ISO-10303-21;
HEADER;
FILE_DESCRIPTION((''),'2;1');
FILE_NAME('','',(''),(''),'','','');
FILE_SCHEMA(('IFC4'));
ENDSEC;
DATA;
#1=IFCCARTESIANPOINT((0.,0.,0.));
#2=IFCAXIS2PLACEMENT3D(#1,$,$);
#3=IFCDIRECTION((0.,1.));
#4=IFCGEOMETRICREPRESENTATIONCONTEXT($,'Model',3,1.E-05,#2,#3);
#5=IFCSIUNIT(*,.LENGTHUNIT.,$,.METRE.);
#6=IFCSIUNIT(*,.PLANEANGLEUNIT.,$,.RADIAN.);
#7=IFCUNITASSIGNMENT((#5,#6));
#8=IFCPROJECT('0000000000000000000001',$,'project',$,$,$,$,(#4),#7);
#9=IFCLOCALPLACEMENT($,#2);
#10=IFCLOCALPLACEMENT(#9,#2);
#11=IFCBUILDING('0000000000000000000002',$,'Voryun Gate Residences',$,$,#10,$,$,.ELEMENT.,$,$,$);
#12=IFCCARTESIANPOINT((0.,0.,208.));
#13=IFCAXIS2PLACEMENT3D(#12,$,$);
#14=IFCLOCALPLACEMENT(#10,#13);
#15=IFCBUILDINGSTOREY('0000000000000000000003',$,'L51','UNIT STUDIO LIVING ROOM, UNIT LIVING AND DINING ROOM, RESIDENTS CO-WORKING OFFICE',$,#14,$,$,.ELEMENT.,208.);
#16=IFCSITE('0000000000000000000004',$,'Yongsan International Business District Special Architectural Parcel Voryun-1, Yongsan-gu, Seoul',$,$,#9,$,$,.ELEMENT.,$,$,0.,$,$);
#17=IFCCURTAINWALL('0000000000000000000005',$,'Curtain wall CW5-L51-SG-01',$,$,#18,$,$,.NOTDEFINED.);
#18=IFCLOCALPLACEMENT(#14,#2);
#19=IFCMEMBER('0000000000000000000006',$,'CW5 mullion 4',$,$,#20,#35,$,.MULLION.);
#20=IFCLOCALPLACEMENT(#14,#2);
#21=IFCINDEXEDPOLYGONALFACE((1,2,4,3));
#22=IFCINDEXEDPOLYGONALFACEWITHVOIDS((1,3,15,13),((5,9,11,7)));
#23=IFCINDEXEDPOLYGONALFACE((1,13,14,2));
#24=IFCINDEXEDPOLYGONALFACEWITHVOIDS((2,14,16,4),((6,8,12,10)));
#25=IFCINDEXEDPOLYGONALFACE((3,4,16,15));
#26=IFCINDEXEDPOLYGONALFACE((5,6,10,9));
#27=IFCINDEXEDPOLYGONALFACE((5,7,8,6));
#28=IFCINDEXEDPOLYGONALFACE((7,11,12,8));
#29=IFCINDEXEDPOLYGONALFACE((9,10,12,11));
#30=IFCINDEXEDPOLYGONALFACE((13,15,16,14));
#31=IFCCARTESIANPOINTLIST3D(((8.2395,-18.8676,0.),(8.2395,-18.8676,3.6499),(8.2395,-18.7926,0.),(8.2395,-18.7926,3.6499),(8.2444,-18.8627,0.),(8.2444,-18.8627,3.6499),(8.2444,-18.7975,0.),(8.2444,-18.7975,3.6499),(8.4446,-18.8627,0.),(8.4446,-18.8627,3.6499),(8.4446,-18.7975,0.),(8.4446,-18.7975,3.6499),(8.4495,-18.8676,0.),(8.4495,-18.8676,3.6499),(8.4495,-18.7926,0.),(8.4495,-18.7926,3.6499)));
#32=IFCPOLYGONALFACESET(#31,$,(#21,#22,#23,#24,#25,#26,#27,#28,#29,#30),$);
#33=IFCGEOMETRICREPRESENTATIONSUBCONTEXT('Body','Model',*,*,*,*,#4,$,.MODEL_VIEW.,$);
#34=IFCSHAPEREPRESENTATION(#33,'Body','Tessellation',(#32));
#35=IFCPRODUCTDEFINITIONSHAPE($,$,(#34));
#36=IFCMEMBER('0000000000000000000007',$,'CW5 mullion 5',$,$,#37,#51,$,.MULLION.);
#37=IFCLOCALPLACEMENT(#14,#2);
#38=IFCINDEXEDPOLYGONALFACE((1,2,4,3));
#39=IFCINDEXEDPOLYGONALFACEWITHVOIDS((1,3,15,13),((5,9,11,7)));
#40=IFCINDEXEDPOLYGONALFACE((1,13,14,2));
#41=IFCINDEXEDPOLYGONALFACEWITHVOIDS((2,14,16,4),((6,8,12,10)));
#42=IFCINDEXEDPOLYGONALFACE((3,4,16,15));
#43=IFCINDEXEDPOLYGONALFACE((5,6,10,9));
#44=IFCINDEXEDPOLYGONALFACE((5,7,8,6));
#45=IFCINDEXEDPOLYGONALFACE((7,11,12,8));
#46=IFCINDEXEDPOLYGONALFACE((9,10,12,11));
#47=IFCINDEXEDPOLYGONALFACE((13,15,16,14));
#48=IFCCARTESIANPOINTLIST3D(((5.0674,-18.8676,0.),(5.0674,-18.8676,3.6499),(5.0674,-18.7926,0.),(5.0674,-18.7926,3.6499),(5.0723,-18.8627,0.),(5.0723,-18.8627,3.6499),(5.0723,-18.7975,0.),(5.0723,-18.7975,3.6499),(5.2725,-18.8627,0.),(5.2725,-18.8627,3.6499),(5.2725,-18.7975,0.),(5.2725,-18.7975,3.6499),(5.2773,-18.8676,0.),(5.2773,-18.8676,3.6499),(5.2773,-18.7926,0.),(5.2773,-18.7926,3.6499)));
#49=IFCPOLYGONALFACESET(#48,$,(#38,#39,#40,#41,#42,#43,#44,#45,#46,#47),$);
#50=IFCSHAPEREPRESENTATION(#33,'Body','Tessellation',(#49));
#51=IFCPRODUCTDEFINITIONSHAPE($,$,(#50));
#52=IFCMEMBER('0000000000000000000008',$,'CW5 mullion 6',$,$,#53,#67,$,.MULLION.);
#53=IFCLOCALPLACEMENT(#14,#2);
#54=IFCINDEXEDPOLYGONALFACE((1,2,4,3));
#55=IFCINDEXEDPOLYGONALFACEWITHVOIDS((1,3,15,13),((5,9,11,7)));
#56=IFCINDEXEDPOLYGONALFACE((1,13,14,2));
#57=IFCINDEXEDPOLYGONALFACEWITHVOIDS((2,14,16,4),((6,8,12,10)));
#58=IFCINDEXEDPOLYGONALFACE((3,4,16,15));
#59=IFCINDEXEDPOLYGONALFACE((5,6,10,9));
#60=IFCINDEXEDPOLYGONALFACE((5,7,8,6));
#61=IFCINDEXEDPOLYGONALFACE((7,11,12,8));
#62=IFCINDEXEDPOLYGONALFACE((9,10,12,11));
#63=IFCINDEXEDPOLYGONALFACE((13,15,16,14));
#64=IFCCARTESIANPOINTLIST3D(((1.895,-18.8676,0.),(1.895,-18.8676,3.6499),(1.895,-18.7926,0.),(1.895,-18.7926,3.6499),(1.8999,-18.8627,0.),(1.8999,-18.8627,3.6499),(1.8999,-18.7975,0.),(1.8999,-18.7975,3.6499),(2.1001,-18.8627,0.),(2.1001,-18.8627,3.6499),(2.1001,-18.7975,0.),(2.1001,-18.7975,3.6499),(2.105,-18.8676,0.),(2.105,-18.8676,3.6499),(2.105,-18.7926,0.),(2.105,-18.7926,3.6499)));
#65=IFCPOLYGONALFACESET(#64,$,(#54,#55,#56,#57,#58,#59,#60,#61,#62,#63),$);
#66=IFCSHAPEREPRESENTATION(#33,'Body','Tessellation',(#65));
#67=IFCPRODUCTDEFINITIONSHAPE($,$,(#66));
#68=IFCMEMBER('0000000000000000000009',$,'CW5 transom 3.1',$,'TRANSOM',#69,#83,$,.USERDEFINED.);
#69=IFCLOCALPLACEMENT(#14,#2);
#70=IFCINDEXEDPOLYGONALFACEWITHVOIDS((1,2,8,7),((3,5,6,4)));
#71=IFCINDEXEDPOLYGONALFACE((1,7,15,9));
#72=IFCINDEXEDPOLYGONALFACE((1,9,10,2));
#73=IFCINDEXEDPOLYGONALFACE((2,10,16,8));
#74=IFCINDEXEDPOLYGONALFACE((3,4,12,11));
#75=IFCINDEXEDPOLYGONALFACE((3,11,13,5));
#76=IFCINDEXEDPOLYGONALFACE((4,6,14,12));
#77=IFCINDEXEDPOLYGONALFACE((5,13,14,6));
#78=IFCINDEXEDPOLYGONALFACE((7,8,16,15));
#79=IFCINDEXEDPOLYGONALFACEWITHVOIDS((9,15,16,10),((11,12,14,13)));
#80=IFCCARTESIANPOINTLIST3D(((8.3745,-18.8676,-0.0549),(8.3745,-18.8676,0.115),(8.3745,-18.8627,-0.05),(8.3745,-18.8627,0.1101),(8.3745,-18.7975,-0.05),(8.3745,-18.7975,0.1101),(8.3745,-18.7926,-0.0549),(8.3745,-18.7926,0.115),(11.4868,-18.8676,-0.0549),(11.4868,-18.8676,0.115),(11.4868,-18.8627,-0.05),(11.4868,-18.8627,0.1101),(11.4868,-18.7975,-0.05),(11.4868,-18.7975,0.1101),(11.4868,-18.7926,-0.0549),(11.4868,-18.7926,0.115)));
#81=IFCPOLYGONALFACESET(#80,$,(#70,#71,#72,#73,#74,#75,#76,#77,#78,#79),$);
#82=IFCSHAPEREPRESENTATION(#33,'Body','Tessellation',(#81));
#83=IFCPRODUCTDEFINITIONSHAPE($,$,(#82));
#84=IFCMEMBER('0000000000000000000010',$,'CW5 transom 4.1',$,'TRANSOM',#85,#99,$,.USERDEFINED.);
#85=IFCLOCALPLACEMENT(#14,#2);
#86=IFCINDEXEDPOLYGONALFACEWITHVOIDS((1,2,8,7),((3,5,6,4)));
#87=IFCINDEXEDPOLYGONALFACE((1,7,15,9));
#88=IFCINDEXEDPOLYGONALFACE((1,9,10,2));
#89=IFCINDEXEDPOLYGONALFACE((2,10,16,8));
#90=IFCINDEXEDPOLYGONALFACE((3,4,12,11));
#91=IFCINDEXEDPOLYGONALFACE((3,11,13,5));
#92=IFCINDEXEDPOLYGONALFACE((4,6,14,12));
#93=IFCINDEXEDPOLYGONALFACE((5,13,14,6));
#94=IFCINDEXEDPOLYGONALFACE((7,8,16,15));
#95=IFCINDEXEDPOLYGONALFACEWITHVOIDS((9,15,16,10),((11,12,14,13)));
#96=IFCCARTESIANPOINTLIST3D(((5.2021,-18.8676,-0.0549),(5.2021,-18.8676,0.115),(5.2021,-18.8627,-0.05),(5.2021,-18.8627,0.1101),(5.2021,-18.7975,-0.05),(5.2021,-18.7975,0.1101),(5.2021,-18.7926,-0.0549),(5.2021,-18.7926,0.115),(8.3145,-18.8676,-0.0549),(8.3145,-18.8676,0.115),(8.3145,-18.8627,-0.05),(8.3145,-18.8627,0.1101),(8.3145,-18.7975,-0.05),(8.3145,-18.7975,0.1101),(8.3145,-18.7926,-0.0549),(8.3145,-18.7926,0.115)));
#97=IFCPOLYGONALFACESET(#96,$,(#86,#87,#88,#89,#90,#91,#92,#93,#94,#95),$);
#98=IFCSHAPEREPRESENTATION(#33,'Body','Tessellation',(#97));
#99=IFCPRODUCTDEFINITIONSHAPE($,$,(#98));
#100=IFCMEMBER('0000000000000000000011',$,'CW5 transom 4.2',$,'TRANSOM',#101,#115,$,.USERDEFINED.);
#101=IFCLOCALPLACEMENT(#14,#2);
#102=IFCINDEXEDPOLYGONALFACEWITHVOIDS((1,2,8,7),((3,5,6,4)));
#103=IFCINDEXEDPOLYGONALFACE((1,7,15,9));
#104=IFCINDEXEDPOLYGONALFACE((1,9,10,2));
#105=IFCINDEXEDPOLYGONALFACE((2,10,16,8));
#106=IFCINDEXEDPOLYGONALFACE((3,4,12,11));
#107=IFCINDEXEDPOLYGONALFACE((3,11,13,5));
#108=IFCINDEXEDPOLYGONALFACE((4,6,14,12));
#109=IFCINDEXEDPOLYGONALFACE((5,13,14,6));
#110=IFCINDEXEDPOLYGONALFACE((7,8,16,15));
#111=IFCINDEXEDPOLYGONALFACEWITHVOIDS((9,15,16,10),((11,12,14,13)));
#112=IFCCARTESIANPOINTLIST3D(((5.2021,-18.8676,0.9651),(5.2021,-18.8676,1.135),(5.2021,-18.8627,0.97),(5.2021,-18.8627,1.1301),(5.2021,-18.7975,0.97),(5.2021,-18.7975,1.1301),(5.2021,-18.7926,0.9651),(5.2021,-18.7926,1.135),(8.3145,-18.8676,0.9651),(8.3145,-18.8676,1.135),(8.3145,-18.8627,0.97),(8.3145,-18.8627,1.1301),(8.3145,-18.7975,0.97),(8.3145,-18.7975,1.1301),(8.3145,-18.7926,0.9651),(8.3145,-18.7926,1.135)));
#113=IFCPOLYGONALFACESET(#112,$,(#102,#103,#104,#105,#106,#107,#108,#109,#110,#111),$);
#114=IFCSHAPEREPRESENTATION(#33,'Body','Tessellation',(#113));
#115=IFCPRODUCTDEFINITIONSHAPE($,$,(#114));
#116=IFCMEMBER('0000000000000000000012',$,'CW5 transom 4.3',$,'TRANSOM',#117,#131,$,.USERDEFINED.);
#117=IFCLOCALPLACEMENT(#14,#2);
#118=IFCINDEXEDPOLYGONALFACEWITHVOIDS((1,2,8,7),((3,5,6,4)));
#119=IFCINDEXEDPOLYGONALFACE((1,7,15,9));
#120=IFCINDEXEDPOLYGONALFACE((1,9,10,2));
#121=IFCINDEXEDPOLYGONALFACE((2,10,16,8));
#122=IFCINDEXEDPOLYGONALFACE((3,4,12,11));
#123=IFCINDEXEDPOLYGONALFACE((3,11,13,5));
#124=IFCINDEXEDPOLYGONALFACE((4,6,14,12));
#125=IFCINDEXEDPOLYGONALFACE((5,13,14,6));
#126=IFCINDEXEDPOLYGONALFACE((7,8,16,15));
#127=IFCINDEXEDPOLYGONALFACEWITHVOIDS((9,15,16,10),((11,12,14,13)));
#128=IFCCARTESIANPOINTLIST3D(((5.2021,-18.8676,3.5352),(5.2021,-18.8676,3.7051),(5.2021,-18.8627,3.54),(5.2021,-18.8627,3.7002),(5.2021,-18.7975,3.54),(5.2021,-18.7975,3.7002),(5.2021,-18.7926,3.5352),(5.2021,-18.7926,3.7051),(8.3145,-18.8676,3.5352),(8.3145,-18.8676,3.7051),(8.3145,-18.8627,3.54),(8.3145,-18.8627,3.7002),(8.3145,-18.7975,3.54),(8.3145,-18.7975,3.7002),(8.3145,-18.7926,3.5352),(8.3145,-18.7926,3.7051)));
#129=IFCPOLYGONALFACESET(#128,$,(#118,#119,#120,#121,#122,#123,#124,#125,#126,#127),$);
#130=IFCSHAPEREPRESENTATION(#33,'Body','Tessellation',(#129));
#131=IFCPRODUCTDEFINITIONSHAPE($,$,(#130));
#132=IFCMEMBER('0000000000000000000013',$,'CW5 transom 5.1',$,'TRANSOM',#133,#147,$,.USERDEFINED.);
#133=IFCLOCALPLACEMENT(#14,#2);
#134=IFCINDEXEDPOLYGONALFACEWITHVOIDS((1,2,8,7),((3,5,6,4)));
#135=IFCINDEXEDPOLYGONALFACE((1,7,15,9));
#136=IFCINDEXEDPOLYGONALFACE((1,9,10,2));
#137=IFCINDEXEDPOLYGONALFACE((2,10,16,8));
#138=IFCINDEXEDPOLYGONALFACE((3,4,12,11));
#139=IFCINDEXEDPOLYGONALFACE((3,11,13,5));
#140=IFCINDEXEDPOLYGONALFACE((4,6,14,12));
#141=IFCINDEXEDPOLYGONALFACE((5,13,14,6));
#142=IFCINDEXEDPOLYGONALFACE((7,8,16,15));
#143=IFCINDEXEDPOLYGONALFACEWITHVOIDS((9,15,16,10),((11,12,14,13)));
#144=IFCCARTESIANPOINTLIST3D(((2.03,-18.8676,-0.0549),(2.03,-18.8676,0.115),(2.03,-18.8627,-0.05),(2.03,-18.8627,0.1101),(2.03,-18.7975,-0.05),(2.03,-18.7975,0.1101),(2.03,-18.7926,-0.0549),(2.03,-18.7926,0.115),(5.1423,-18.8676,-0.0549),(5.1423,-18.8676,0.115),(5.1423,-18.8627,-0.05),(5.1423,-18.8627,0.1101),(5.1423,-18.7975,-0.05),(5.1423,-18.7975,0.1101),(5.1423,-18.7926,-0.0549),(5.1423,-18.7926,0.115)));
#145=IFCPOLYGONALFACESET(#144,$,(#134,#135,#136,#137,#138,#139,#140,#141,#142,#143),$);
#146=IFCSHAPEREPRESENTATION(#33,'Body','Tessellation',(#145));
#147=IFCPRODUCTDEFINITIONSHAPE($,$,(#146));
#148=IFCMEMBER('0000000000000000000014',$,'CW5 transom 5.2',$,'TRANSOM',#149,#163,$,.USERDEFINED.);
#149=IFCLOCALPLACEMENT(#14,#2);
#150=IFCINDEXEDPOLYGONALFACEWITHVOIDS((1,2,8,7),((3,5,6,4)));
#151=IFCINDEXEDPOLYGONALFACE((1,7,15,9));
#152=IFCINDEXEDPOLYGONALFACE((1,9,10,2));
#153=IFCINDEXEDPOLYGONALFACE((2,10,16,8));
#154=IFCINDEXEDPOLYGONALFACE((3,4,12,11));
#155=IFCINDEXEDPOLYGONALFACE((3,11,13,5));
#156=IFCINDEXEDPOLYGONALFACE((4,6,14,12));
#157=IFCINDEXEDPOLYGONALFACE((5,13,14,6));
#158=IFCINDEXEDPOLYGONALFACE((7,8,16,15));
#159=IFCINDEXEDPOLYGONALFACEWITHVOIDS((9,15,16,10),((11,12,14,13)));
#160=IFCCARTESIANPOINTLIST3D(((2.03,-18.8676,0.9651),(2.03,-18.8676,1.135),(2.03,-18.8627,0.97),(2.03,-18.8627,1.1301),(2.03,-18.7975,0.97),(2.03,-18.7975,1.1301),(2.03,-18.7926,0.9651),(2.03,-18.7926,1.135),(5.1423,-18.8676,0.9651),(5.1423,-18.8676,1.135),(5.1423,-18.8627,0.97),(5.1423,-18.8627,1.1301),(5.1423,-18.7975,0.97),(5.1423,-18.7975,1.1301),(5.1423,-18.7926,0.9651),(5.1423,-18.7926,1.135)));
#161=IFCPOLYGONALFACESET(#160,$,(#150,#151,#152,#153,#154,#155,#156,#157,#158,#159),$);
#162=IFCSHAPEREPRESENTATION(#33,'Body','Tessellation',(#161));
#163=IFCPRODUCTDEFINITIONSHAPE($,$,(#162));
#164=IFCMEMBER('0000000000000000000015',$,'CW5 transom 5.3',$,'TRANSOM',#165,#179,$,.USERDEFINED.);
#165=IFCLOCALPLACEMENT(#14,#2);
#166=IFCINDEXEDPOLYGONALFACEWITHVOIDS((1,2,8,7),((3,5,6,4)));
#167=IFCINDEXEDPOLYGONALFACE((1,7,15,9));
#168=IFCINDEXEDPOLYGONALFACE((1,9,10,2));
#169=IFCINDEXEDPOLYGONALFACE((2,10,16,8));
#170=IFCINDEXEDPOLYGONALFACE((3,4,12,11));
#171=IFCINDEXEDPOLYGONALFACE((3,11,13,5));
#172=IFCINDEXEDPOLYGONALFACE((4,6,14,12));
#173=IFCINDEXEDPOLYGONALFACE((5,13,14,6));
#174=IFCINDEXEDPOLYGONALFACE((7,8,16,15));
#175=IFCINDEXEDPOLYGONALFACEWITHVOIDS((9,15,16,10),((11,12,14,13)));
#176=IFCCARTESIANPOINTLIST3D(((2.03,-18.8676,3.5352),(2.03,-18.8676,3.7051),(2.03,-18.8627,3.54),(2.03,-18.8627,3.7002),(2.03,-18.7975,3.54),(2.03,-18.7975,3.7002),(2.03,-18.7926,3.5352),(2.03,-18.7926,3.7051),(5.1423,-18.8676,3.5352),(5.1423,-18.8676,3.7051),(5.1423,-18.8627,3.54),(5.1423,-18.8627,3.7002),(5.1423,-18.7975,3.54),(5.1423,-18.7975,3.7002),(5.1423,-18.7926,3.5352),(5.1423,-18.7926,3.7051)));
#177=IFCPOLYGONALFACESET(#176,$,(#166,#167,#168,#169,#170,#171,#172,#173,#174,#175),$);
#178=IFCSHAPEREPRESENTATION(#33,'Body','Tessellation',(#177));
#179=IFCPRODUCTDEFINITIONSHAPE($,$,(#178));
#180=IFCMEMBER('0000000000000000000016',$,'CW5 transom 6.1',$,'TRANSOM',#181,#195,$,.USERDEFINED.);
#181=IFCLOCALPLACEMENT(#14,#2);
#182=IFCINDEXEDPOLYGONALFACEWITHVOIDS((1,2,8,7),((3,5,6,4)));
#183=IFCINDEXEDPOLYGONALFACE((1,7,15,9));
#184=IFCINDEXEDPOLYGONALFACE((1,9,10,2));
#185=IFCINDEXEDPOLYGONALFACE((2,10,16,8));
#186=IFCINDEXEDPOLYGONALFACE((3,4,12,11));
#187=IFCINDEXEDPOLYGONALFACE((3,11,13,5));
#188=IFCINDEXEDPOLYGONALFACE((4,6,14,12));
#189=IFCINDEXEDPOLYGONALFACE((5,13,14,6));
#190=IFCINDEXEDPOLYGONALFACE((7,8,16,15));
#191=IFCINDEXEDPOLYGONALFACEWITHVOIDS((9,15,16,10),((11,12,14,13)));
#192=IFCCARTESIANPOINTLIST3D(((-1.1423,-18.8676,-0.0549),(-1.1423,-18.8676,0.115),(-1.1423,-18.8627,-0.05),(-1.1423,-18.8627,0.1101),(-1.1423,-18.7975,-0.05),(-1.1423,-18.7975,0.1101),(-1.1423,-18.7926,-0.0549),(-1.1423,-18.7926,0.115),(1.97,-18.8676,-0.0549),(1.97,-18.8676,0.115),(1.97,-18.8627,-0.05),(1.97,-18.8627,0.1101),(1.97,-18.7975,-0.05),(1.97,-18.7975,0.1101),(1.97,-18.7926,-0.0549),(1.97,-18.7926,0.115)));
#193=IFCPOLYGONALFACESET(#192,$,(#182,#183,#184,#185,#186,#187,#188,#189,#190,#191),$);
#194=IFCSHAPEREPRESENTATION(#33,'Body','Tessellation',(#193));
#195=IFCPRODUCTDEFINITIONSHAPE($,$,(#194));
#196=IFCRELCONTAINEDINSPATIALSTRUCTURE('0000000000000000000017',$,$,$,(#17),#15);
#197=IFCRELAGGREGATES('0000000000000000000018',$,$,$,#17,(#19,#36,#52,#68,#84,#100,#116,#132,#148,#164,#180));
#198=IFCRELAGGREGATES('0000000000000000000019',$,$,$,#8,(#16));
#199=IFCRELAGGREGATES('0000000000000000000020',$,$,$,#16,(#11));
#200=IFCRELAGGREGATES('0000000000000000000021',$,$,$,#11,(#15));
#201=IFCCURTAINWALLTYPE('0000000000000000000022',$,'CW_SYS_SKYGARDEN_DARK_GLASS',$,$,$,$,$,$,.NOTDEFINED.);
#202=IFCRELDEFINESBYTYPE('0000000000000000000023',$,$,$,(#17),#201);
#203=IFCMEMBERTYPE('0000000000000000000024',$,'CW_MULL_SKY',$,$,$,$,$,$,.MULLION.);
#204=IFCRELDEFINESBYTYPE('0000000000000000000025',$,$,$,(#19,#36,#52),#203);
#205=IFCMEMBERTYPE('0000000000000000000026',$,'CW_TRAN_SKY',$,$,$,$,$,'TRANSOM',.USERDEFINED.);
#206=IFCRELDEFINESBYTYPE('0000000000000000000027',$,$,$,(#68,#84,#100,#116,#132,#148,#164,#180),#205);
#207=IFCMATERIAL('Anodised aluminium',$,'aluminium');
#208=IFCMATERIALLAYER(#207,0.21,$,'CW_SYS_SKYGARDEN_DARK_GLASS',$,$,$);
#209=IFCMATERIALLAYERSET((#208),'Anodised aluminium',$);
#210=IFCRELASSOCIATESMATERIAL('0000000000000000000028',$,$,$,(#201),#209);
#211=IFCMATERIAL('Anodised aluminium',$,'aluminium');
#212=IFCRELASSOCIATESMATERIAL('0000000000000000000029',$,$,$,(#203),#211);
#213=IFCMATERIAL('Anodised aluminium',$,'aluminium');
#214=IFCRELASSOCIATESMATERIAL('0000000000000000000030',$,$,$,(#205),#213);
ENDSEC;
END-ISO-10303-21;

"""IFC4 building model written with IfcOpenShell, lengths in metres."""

from ifc_helpers import new_model, si_unit, direction, frame, origin, origin_2d, place, context, subcontext, project, spatial, hollow_rectangle, extrude, material, layer, layer_set, material_profile, profile_set, type_object, element, aggregate, save


model = new_model("IFC4")

# Units and contexts
model_context = context("Model", 3, precision=1e-05, world=origin(), true_north=direction((0.0, 1.0)))
body_context = subcontext(model_context, "Body", "Model", "MODEL_VIEW")
ifc_project = project(units=[si_unit("LENGTHUNIT", "METRE"), si_unit("PLANEANGLEUNIT", "RADIAN")], contexts=[model_context])

# Site, building, storey
site_placement = place(None, origin())
site = spatial("IfcSite", under=ifc_project, at=site_placement, Name="Yongsan International Business District Special Architectural Parcel Voryun-1, Yongsan-gu, Seoul", CompositionType="ELEMENT", RefElevation=0.0)
building_placement = place(site_placement, origin())
building = spatial("IfcBuilding", under=site, at=building_placement, Name="Voryun Gate Residences", CompositionType="ELEMENT")
storey_placement = place(building_placement, frame((0.0, 0.0, 208.0)))
storey = spatial("IfcBuildingStorey", under=building, at=storey_placement, Name="L51", Description="UNIT STUDIO LIVING ROOM, UNIT LIVING AND DINING ROOM, RESIDENTS CO-WORKING OFFICE", CompositionType="ELEMENT", Elevation=208.0)

# Curtain wall, members
ifc_material_1 = material(Name="Anodised aluminium", Category="aluminium")
ifc_layer_1 = layer(ifc_material_1, 0.21, Name="CW_SYS_SKYGARDEN_DARK_GLASS")
ifc_layer_set_1 = layer_set([ifc_layer_1], Name="Anodised aluminium")
curtain_wall_type = type_object("IfcCurtainWallType", Name="CW_SYS_SKYGARDEN_DARK_GLASS", PredefinedType="NOTDEFINED", material=ifc_layer_set_1)
curtain_wall_placement = place(storey_placement, origin())
curtain_wall = element("IfcCurtainWall", 1, at=curtain_wall_placement, inside=storey, type_object=curtain_wall_type, Name="Curtain wall CW5-L51-SG-01", PredefinedType="NOTDEFINED")
ifc_material_2 = material(Name="Anodised aluminium", Category="aluminium")
ifc_material_profile_1 = material_profile(ifc_material_2, hollow_rectangle(XDim=0.075, YDim=0.21, WallThickness=0.0049, at=origin_2d()), Name="ALU-MULL-210x75x5")
ifc_profile_set_1 = profile_set([ifc_material_profile_1], Name="Anodised aluminium")
member_type_1 = type_object("IfcMemberType", Name="CW_MULL_SKY", PredefinedType="MULLION", material=ifc_profile_set_1)
member_1_placement = place(storey_placement, frame((8.3445, -18.8301, 0.0), z_axis=(0.0, 0.0, 1.0), x_axis=(0.0, -1.0, 0.0)))
member_1 = element("IfcMember", 2, at=member_1_placement, type_object=member_type_1, Name="CW5 mullion 4", PredefinedType="MULLION", context=body_context, shape_type="SweptSolid", body=[
    extrude(hollow_rectangle(XDim=0.075, YDim=0.21, WallThickness=0.0049, at=origin_2d()), origin(), (0.0, 0.0, 1.0), 3.6499),
])
member_2_placement = place(storey_placement, frame((5.1724, -18.8301, 0.0), z_axis=(0.0, 0.0, 1.0), x_axis=(0.0, -1.0, 0.0)))
member_2 = element("IfcMember", 3, at=member_2_placement, type_object=member_type_1, Name="CW5 mullion 5", PredefinedType="MULLION", context=body_context, shape_type="SweptSolid", body=[
    extrude(hollow_rectangle(XDim=0.075, YDim=0.21, WallThickness=0.0049, at=origin_2d()), origin(), (0.0, 0.0, 1.0), 3.6499),
])
member_3_placement = place(storey_placement, frame((2.0, -18.8301, 0.0), z_axis=(0.0, 0.0, 1.0), x_axis=(0.0, -1.0, 0.0)))
member_3 = element("IfcMember", 4, at=member_3_placement, type_object=member_type_1, Name="CW5 mullion 6", PredefinedType="MULLION", context=body_context, shape_type="SweptSolid", body=[
    extrude(hollow_rectangle(XDim=0.075, YDim=0.21, WallThickness=0.0049, at=origin_2d()), origin(), (0.0, 0.0, 1.0), 3.6499),
])
ifc_material_3 = material(Name="Anodised aluminium", Category="aluminium")
ifc_material_profile_2 = material_profile(ifc_material_3, hollow_rectangle(XDim=0.075, YDim=0.1699, WallThickness=0.0049, at=origin_2d()), Name="ALU-TRAN-170x75x5")
ifc_profile_set_2 = profile_set([ifc_material_profile_2], Name="Anodised aluminium")
member_type_2 = type_object("IfcMemberType", Name="CW_TRAN_SKY", ElementType="TRANSOM", PredefinedType="USERDEFINED", material=ifc_profile_set_2)
member_4_placement = place(storey_placement, frame((11.4868, -18.8301, 0.03), z_axis=(-1.0, 0.0, 0.0), x_axis=(0.0, -1.0, 0.0)))
member_4 = element("IfcMember", 5, at=member_4_placement, type_object=member_type_2, Name="CW5 transom 3.1", ObjectType="TRANSOM", PredefinedType="USERDEFINED", context=body_context, shape_type="SweptSolid", body=[
    extrude(hollow_rectangle(XDim=0.075, YDim=0.1699, WallThickness=0.0049, at=origin_2d()), origin(), (0.0, 0.0, 1.0), 3.1123),
])
member_5_placement = place(storey_placement, frame((8.3145, -18.8301, 0.03), z_axis=(-1.0, 0.0, 0.0), x_axis=(0.0, -1.0, 0.0)))
member_5 = element("IfcMember", 6, at=member_5_placement, type_object=member_type_2, Name="CW5 transom 4.1", ObjectType="TRANSOM", PredefinedType="USERDEFINED", context=body_context, shape_type="SweptSolid", body=[
    extrude(hollow_rectangle(XDim=0.075, YDim=0.1699, WallThickness=0.0049, at=origin_2d()), origin(), (0.0, 0.0, 1.0), 3.1123),
])
member_6_placement = place(storey_placement, frame((8.3145, -18.8301, 1.05), z_axis=(-1.0, 0.0, 0.0), x_axis=(0.0, -1.0, 0.0)))
member_6 = element("IfcMember", 7, at=member_6_placement, type_object=member_type_2, Name="CW5 transom 4.2", ObjectType="TRANSOM", PredefinedType="USERDEFINED", context=body_context, shape_type="SweptSolid", body=[
    extrude(hollow_rectangle(XDim=0.075, YDim=0.1699, WallThickness=0.0049, at=origin_2d()), origin(), (0.0, 0.0, 1.0), 3.1123),
])
member_7_placement = place(storey_placement, frame((8.3145, -18.8301, 3.6201), z_axis=(-1.0, 0.0, 0.0), x_axis=(0.0, -1.0, 0.0)))
member_7 = element("IfcMember", 8, at=member_7_placement, type_object=member_type_2, Name="CW5 transom 4.3", ObjectType="TRANSOM", PredefinedType="USERDEFINED", context=body_context, shape_type="SweptSolid", body=[
    extrude(hollow_rectangle(XDim=0.075, YDim=0.1699, WallThickness=0.0049, at=origin_2d()), origin(), (0.0, 0.0, 1.0), 3.1123),
])
member_8_placement = place(storey_placement, frame((5.1423, -18.8301, 0.03), z_axis=(-1.0, 0.0, 0.0), x_axis=(0.0, -1.0, 0.0)))
member_8 = element("IfcMember", 9, at=member_8_placement, type_object=member_type_2, Name="CW5 transom 5.1", ObjectType="TRANSOM", PredefinedType="USERDEFINED", context=body_context, shape_type="SweptSolid", body=[
    extrude(hollow_rectangle(XDim=0.075, YDim=0.1699, WallThickness=0.0049, at=origin_2d()), origin(), (0.0, 0.0, 1.0), 3.1123),
])
member_9_placement = place(storey_placement, frame((5.1423, -18.8301, 1.05), z_axis=(-1.0, 0.0, 0.0), x_axis=(0.0, -1.0, 0.0)))
member_9 = element("IfcMember", 10, at=member_9_placement, type_object=member_type_2, Name="CW5 transom 5.2", ObjectType="TRANSOM", PredefinedType="USERDEFINED", context=body_context, shape_type="SweptSolid", body=[
    extrude(hollow_rectangle(XDim=0.075, YDim=0.1699, WallThickness=0.0049, at=origin_2d()), origin(), (0.0, 0.0, 1.0), 3.1123),
])
member_10_placement = place(storey_placement, frame((5.1423, -18.8301, 3.6201), z_axis=(-1.0, 0.0, 0.0), x_axis=(0.0, -1.0, 0.0)))
member_10 = element("IfcMember", 11, at=member_10_placement, type_object=member_type_2, Name="CW5 transom 5.3", ObjectType="TRANSOM", PredefinedType="USERDEFINED", context=body_context, shape_type="SweptSolid", body=[
    extrude(hollow_rectangle(XDim=0.075, YDim=0.1699, WallThickness=0.0049, at=origin_2d()), origin(), (0.0, 0.0, 1.0), 3.1123),
])
member_11_placement = place(storey_placement, frame((1.97, -18.8301, 0.03), z_axis=(-1.0, 0.0, 0.0), x_axis=(0.0, -1.0, 0.0)))
member_11 = element("IfcMember", 12, at=member_11_placement, type_object=member_type_2, Name="CW5 transom 6.1", ObjectType="TRANSOM", PredefinedType="USERDEFINED", context=body_context, shape_type="SweptSolid", body=[
    extrude(hollow_rectangle(XDim=0.075, YDim=0.1699, WallThickness=0.0049, at=origin_2d()), origin(), (0.0, 0.0, 1.0), 3.1123),
])
aggregate(curtain_wall, [member_1, member_2, member_3, member_4, member_5, member_6, member_7, member_8, member_9, member_10, member_11])

save(model, "model.ifc")
